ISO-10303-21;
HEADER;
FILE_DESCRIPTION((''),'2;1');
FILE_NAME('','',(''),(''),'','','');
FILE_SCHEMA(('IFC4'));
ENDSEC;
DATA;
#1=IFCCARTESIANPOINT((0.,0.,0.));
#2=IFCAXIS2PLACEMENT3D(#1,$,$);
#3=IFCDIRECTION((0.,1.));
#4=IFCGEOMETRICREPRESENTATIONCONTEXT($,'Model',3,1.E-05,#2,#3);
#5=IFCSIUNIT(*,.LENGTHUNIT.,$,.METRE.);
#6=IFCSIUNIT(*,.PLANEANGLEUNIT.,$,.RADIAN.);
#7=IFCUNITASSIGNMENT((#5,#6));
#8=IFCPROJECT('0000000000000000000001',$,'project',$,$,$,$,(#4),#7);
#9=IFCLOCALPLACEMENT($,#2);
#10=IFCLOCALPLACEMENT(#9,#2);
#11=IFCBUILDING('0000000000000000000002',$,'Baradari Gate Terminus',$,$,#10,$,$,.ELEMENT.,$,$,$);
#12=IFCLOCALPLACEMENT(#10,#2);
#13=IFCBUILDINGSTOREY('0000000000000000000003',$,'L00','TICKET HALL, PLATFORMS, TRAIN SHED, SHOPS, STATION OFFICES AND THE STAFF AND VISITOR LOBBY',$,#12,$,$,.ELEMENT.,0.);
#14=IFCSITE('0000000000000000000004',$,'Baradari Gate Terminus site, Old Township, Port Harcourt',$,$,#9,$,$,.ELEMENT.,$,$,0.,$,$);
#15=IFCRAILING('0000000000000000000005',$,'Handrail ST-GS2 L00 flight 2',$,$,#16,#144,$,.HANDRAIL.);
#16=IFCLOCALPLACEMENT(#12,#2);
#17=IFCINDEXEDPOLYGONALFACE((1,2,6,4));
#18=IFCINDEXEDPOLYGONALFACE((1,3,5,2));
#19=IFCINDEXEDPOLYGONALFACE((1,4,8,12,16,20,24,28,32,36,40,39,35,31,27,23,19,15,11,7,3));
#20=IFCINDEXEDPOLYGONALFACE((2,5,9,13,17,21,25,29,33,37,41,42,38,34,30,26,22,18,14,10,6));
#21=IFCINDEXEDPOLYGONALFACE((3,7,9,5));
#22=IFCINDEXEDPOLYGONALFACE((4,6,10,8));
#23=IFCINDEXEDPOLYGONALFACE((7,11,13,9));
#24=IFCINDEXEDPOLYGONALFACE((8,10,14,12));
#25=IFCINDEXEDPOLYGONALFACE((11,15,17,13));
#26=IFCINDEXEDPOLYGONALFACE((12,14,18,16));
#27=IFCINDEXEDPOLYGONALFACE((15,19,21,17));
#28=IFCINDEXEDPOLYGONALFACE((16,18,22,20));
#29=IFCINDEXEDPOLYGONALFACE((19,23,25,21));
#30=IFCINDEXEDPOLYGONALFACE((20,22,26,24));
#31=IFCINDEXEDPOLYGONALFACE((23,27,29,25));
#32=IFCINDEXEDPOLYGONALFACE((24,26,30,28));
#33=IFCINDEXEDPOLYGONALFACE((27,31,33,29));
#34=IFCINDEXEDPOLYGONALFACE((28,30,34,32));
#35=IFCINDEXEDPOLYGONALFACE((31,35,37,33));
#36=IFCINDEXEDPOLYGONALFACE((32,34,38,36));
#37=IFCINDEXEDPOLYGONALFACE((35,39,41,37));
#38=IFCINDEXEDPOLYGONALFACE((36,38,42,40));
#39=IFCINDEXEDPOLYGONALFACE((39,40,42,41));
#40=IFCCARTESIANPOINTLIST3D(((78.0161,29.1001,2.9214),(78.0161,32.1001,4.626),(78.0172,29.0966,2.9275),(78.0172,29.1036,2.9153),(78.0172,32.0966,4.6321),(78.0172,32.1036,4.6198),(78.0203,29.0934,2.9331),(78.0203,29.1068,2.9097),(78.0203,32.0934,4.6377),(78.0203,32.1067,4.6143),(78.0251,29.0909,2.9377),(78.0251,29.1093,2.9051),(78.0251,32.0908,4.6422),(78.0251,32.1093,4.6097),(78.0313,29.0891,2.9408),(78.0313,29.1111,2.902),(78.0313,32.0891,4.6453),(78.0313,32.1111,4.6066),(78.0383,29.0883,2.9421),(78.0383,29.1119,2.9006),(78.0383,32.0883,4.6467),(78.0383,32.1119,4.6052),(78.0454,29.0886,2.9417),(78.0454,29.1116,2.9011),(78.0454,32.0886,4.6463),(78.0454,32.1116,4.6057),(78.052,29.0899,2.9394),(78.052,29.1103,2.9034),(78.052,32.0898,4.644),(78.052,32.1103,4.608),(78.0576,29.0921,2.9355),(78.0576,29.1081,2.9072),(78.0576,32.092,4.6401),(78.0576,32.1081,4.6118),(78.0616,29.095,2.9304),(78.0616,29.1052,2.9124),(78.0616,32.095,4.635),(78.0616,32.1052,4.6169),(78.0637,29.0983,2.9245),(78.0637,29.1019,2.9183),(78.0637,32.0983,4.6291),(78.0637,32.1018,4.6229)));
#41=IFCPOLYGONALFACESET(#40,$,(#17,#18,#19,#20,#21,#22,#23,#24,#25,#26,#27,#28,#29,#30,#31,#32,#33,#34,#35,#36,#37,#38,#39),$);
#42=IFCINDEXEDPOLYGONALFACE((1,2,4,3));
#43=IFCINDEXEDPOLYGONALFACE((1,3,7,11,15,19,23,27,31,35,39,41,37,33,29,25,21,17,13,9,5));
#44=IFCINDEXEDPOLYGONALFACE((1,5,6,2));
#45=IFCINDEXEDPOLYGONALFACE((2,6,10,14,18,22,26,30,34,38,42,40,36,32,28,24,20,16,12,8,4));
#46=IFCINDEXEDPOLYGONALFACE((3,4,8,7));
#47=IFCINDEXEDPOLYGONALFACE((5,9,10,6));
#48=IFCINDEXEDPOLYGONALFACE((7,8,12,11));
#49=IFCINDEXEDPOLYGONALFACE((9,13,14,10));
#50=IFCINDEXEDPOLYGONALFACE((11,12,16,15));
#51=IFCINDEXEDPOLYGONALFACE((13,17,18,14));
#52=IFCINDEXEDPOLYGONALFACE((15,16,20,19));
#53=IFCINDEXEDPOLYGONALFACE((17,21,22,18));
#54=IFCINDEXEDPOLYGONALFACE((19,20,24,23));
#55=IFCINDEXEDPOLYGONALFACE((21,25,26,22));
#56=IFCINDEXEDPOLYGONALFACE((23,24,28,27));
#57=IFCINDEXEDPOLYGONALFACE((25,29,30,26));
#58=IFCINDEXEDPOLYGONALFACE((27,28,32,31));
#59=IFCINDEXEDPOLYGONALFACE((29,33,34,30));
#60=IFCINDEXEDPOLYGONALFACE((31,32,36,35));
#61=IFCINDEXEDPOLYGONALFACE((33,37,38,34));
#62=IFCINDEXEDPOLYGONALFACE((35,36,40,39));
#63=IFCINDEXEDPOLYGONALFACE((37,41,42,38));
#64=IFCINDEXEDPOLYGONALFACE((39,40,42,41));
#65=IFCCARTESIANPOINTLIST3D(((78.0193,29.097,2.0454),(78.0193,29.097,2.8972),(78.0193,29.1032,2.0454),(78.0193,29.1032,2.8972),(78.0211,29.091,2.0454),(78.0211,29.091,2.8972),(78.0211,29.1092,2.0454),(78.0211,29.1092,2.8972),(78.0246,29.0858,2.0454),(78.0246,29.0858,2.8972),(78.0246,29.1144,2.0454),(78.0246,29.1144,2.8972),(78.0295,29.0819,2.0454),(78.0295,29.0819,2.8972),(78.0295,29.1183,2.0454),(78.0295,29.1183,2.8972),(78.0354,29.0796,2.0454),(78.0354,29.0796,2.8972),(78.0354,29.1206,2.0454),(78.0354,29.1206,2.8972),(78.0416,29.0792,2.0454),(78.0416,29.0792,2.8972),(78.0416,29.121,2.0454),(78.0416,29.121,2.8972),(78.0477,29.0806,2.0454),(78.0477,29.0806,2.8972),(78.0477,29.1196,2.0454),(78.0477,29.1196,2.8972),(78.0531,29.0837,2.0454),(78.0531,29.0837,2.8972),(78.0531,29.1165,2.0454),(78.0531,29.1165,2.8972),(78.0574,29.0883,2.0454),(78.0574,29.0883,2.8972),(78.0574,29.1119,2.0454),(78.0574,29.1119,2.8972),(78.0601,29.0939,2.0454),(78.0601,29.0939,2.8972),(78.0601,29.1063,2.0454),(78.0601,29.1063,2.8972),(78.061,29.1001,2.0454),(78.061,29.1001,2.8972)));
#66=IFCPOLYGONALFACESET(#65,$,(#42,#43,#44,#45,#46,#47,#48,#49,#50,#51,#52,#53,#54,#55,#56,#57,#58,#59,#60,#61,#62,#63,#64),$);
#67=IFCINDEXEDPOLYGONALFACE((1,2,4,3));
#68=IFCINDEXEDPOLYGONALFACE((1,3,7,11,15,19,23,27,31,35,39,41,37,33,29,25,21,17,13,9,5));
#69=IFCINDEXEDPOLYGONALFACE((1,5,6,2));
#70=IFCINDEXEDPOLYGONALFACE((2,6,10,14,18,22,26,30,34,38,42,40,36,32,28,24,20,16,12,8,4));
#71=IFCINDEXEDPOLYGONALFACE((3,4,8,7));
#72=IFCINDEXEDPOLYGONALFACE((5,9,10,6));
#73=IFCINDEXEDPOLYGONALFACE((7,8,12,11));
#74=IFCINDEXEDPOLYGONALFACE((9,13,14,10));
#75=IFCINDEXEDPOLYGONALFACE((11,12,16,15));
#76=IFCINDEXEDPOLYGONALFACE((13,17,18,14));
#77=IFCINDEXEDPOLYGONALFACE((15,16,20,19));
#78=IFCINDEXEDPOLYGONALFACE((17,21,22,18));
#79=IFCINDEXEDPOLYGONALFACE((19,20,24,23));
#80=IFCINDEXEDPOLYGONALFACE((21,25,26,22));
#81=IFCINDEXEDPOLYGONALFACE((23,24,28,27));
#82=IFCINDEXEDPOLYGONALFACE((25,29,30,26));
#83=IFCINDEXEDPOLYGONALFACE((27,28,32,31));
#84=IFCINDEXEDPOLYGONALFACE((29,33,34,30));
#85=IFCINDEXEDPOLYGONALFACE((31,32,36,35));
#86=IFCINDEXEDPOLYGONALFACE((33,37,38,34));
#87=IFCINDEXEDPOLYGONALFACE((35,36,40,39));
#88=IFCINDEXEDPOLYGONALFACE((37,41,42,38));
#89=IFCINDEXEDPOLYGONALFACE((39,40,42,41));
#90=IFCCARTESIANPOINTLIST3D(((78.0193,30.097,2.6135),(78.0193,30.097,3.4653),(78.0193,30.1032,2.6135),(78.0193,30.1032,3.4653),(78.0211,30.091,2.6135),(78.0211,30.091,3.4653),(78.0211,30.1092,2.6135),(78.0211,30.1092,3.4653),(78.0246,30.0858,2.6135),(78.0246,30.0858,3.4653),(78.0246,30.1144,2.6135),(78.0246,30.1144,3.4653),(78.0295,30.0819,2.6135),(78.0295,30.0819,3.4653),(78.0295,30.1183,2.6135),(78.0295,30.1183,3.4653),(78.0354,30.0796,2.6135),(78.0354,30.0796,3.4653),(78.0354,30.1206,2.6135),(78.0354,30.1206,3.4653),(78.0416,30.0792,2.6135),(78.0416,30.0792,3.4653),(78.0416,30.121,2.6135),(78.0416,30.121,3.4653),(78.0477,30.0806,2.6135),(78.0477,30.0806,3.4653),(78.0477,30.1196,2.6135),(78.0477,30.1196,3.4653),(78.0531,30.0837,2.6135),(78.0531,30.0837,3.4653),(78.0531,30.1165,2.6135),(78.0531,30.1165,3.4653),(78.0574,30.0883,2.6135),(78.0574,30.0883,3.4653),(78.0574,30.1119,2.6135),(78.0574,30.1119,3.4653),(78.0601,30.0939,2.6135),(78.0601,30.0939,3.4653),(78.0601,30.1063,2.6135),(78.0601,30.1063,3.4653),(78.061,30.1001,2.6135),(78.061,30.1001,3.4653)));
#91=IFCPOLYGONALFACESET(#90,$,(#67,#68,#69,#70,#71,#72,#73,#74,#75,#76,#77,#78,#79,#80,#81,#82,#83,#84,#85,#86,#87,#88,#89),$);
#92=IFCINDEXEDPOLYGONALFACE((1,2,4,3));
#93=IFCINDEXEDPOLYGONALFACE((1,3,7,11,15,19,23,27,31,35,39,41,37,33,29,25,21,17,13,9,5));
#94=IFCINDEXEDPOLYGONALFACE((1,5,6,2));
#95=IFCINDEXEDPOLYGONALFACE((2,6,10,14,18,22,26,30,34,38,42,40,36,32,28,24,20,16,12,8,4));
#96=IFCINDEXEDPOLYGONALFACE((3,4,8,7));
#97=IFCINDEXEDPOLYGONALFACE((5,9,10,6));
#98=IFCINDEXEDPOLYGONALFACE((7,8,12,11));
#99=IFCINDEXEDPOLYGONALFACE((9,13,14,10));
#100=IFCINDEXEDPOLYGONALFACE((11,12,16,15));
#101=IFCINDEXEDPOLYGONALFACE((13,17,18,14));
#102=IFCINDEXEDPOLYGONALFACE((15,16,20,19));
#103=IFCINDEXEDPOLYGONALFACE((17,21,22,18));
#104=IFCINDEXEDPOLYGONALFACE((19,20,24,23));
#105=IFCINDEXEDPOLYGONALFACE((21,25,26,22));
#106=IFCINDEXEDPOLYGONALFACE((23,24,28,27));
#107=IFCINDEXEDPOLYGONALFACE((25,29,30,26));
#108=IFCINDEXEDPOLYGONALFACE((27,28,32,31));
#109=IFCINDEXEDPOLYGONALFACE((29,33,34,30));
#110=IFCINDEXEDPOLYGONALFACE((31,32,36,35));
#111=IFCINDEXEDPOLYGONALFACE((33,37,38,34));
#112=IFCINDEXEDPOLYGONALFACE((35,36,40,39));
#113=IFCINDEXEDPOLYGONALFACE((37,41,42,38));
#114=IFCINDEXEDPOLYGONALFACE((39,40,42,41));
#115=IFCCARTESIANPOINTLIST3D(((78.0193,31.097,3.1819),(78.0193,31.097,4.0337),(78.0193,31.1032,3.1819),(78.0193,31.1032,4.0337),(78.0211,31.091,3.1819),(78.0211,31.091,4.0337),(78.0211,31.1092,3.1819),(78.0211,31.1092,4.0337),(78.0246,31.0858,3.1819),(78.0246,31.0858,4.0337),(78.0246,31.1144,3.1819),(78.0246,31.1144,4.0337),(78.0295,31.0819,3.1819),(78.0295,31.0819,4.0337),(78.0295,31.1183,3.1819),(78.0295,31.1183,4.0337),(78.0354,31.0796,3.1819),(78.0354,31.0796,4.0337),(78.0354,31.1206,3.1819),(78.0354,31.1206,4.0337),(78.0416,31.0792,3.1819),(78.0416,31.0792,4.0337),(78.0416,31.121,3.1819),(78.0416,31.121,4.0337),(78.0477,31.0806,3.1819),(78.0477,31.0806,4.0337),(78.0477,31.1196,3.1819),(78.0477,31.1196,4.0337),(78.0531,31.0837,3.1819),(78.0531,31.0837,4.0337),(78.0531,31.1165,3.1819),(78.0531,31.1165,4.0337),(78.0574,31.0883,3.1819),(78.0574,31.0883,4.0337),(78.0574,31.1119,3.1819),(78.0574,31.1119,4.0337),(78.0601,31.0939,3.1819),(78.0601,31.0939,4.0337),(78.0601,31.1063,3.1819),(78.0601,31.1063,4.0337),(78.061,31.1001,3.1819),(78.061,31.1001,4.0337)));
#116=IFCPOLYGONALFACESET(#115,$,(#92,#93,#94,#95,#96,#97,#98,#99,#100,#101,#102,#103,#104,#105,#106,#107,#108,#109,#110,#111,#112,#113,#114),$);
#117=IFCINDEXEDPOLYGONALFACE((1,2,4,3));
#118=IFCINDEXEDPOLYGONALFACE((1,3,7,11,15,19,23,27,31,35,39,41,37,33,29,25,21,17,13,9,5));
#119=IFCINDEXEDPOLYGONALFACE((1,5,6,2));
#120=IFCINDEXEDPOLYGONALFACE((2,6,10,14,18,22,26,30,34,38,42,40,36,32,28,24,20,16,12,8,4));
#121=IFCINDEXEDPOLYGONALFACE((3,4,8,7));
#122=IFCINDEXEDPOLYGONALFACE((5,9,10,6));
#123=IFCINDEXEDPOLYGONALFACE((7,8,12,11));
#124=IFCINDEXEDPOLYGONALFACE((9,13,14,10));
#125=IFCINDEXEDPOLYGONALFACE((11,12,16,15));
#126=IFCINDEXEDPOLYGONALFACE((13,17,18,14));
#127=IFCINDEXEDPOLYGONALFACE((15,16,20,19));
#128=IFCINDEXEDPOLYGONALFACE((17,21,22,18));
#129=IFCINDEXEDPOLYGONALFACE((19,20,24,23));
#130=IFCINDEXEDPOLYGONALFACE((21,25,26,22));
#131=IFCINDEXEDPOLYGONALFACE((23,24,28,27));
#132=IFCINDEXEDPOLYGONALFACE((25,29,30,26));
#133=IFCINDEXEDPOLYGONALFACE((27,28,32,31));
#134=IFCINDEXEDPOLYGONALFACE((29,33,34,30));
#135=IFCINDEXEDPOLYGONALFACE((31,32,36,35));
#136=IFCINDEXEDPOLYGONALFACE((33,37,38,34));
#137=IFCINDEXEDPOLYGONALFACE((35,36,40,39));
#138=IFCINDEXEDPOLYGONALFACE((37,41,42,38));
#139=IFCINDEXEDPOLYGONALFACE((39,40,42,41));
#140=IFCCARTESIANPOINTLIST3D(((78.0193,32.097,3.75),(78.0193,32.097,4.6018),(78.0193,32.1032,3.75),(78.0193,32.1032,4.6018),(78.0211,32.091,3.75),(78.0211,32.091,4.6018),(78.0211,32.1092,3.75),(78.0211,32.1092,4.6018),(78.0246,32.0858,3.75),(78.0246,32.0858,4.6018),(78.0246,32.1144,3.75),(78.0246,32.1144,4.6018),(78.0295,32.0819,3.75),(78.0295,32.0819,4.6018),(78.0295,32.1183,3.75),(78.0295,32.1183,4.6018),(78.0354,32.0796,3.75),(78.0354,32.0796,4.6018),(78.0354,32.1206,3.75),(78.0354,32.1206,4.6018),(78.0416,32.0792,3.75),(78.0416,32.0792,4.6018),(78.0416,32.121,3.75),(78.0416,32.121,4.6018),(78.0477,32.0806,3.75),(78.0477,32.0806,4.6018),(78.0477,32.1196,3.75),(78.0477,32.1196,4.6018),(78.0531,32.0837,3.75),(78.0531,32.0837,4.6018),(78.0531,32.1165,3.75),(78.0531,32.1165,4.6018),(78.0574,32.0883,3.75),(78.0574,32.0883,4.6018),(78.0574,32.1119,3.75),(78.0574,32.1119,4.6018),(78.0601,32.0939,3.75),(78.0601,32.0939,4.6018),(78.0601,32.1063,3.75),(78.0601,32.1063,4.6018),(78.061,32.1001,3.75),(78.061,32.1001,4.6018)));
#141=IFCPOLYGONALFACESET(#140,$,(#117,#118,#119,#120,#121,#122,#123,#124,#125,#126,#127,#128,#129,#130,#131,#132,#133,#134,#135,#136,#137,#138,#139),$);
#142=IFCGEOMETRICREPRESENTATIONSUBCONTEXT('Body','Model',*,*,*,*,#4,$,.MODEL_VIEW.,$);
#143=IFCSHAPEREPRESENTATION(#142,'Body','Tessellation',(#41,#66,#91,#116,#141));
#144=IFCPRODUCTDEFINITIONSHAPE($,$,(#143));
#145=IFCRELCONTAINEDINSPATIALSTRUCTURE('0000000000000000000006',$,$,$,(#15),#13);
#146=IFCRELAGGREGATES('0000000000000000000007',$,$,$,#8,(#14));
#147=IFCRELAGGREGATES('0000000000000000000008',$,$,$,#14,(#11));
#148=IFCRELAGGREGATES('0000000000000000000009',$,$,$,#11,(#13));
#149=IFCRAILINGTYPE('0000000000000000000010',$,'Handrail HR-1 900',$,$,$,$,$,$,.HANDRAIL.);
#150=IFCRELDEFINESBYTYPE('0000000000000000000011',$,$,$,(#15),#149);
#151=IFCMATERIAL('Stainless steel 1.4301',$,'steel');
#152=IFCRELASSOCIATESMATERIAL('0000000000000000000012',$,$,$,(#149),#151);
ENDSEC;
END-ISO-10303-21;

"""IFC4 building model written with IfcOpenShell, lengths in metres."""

from ifc_helpers import new_model, si_unit, direction, frame, origin, origin_2d, place, context, subcontext, project, spatial, circle, extrude, material, type_object, element, save


model = new_model("IFC4")

# Units and contexts
model_context = context("Model", 3, precision=1e-05, world=origin(), true_north=direction((0.0, 1.0)))
body_context = subcontext(model_context, "Body", "Model", "MODEL_VIEW")
ifc_project = project(units=[si_unit("LENGTHUNIT", "METRE"), si_unit("PLANEANGLEUNIT", "RADIAN")], contexts=[model_context])

# Site, building, storey
site_placement = place(None, origin())
site = spatial("IfcSite", under=ifc_project, at=site_placement, Name="Baradari Gate Terminus site, Old Township, Port Harcourt", CompositionType="ELEMENT", RefElevation=0.0)
building_placement = place(site_placement, origin())
building = spatial("IfcBuilding", under=site, at=building_placement, Name="Baradari Gate Terminus", CompositionType="ELEMENT")
storey_placement = place(building_placement, origin())
storey = spatial("IfcBuildingStorey", under=building, at=storey_placement, Name="L00", Description="TICKET HALL, PLATFORMS, TRAIN SHED, SHOPS, STATION OFFICES AND THE STAFF AND VISITOR LOBBY", CompositionType="ELEMENT", Elevation=0.0)

# Railing
ifc_material_1 = material(Name="Stainless steel 1.4301", Category="steel")
railing_type = type_object("IfcRailingType", Name="Handrail HR-1 900", PredefinedType="HANDRAIL", material=ifc_material_1)
for number, where, name in (
    (1, (78.04, 29.1001, 2.0454), "Handrail ST-GS2 L00 flight 2"),
):
    element("IfcRailing", number, at=place(storey_placement, frame(where)), inside=storey, type_object=railing_type, Name=name, PredefinedType="HANDRAIL", context=body_context, shape_type="SweptSolid", body=[
        extrude(circle(Radius=0.0239, at=origin_2d()), frame((0.0, 0.0, 0.876), z_axis=(0.0, 0.869451, 0.494019), x_axis=(-1.0, 0.0, 0.0)), (0.0, 0.0, 1.0), 3.4504),
        extrude(circle(Radius=0.021, at=origin_2d()), origin(), (0.0, 0.0, 1.0), 0.8518),
        extrude(circle(Radius=0.021, at=origin_2d()), frame((0.0, 1.0, 0.5681)), (0.0, 0.0, 1.0), 0.8518),
        extrude(circle(Radius=0.021, at=origin_2d()), frame((0.0, 2.0, 1.1365)), (0.0, 0.0, 1.0), 0.8518),
        extrude(circle(Radius=0.021, at=origin_2d()), frame((0.0, 3.0, 1.7046)), (0.0, 0.0, 1.0), 0.8518),
    ])

save(model, "model.ifc")
